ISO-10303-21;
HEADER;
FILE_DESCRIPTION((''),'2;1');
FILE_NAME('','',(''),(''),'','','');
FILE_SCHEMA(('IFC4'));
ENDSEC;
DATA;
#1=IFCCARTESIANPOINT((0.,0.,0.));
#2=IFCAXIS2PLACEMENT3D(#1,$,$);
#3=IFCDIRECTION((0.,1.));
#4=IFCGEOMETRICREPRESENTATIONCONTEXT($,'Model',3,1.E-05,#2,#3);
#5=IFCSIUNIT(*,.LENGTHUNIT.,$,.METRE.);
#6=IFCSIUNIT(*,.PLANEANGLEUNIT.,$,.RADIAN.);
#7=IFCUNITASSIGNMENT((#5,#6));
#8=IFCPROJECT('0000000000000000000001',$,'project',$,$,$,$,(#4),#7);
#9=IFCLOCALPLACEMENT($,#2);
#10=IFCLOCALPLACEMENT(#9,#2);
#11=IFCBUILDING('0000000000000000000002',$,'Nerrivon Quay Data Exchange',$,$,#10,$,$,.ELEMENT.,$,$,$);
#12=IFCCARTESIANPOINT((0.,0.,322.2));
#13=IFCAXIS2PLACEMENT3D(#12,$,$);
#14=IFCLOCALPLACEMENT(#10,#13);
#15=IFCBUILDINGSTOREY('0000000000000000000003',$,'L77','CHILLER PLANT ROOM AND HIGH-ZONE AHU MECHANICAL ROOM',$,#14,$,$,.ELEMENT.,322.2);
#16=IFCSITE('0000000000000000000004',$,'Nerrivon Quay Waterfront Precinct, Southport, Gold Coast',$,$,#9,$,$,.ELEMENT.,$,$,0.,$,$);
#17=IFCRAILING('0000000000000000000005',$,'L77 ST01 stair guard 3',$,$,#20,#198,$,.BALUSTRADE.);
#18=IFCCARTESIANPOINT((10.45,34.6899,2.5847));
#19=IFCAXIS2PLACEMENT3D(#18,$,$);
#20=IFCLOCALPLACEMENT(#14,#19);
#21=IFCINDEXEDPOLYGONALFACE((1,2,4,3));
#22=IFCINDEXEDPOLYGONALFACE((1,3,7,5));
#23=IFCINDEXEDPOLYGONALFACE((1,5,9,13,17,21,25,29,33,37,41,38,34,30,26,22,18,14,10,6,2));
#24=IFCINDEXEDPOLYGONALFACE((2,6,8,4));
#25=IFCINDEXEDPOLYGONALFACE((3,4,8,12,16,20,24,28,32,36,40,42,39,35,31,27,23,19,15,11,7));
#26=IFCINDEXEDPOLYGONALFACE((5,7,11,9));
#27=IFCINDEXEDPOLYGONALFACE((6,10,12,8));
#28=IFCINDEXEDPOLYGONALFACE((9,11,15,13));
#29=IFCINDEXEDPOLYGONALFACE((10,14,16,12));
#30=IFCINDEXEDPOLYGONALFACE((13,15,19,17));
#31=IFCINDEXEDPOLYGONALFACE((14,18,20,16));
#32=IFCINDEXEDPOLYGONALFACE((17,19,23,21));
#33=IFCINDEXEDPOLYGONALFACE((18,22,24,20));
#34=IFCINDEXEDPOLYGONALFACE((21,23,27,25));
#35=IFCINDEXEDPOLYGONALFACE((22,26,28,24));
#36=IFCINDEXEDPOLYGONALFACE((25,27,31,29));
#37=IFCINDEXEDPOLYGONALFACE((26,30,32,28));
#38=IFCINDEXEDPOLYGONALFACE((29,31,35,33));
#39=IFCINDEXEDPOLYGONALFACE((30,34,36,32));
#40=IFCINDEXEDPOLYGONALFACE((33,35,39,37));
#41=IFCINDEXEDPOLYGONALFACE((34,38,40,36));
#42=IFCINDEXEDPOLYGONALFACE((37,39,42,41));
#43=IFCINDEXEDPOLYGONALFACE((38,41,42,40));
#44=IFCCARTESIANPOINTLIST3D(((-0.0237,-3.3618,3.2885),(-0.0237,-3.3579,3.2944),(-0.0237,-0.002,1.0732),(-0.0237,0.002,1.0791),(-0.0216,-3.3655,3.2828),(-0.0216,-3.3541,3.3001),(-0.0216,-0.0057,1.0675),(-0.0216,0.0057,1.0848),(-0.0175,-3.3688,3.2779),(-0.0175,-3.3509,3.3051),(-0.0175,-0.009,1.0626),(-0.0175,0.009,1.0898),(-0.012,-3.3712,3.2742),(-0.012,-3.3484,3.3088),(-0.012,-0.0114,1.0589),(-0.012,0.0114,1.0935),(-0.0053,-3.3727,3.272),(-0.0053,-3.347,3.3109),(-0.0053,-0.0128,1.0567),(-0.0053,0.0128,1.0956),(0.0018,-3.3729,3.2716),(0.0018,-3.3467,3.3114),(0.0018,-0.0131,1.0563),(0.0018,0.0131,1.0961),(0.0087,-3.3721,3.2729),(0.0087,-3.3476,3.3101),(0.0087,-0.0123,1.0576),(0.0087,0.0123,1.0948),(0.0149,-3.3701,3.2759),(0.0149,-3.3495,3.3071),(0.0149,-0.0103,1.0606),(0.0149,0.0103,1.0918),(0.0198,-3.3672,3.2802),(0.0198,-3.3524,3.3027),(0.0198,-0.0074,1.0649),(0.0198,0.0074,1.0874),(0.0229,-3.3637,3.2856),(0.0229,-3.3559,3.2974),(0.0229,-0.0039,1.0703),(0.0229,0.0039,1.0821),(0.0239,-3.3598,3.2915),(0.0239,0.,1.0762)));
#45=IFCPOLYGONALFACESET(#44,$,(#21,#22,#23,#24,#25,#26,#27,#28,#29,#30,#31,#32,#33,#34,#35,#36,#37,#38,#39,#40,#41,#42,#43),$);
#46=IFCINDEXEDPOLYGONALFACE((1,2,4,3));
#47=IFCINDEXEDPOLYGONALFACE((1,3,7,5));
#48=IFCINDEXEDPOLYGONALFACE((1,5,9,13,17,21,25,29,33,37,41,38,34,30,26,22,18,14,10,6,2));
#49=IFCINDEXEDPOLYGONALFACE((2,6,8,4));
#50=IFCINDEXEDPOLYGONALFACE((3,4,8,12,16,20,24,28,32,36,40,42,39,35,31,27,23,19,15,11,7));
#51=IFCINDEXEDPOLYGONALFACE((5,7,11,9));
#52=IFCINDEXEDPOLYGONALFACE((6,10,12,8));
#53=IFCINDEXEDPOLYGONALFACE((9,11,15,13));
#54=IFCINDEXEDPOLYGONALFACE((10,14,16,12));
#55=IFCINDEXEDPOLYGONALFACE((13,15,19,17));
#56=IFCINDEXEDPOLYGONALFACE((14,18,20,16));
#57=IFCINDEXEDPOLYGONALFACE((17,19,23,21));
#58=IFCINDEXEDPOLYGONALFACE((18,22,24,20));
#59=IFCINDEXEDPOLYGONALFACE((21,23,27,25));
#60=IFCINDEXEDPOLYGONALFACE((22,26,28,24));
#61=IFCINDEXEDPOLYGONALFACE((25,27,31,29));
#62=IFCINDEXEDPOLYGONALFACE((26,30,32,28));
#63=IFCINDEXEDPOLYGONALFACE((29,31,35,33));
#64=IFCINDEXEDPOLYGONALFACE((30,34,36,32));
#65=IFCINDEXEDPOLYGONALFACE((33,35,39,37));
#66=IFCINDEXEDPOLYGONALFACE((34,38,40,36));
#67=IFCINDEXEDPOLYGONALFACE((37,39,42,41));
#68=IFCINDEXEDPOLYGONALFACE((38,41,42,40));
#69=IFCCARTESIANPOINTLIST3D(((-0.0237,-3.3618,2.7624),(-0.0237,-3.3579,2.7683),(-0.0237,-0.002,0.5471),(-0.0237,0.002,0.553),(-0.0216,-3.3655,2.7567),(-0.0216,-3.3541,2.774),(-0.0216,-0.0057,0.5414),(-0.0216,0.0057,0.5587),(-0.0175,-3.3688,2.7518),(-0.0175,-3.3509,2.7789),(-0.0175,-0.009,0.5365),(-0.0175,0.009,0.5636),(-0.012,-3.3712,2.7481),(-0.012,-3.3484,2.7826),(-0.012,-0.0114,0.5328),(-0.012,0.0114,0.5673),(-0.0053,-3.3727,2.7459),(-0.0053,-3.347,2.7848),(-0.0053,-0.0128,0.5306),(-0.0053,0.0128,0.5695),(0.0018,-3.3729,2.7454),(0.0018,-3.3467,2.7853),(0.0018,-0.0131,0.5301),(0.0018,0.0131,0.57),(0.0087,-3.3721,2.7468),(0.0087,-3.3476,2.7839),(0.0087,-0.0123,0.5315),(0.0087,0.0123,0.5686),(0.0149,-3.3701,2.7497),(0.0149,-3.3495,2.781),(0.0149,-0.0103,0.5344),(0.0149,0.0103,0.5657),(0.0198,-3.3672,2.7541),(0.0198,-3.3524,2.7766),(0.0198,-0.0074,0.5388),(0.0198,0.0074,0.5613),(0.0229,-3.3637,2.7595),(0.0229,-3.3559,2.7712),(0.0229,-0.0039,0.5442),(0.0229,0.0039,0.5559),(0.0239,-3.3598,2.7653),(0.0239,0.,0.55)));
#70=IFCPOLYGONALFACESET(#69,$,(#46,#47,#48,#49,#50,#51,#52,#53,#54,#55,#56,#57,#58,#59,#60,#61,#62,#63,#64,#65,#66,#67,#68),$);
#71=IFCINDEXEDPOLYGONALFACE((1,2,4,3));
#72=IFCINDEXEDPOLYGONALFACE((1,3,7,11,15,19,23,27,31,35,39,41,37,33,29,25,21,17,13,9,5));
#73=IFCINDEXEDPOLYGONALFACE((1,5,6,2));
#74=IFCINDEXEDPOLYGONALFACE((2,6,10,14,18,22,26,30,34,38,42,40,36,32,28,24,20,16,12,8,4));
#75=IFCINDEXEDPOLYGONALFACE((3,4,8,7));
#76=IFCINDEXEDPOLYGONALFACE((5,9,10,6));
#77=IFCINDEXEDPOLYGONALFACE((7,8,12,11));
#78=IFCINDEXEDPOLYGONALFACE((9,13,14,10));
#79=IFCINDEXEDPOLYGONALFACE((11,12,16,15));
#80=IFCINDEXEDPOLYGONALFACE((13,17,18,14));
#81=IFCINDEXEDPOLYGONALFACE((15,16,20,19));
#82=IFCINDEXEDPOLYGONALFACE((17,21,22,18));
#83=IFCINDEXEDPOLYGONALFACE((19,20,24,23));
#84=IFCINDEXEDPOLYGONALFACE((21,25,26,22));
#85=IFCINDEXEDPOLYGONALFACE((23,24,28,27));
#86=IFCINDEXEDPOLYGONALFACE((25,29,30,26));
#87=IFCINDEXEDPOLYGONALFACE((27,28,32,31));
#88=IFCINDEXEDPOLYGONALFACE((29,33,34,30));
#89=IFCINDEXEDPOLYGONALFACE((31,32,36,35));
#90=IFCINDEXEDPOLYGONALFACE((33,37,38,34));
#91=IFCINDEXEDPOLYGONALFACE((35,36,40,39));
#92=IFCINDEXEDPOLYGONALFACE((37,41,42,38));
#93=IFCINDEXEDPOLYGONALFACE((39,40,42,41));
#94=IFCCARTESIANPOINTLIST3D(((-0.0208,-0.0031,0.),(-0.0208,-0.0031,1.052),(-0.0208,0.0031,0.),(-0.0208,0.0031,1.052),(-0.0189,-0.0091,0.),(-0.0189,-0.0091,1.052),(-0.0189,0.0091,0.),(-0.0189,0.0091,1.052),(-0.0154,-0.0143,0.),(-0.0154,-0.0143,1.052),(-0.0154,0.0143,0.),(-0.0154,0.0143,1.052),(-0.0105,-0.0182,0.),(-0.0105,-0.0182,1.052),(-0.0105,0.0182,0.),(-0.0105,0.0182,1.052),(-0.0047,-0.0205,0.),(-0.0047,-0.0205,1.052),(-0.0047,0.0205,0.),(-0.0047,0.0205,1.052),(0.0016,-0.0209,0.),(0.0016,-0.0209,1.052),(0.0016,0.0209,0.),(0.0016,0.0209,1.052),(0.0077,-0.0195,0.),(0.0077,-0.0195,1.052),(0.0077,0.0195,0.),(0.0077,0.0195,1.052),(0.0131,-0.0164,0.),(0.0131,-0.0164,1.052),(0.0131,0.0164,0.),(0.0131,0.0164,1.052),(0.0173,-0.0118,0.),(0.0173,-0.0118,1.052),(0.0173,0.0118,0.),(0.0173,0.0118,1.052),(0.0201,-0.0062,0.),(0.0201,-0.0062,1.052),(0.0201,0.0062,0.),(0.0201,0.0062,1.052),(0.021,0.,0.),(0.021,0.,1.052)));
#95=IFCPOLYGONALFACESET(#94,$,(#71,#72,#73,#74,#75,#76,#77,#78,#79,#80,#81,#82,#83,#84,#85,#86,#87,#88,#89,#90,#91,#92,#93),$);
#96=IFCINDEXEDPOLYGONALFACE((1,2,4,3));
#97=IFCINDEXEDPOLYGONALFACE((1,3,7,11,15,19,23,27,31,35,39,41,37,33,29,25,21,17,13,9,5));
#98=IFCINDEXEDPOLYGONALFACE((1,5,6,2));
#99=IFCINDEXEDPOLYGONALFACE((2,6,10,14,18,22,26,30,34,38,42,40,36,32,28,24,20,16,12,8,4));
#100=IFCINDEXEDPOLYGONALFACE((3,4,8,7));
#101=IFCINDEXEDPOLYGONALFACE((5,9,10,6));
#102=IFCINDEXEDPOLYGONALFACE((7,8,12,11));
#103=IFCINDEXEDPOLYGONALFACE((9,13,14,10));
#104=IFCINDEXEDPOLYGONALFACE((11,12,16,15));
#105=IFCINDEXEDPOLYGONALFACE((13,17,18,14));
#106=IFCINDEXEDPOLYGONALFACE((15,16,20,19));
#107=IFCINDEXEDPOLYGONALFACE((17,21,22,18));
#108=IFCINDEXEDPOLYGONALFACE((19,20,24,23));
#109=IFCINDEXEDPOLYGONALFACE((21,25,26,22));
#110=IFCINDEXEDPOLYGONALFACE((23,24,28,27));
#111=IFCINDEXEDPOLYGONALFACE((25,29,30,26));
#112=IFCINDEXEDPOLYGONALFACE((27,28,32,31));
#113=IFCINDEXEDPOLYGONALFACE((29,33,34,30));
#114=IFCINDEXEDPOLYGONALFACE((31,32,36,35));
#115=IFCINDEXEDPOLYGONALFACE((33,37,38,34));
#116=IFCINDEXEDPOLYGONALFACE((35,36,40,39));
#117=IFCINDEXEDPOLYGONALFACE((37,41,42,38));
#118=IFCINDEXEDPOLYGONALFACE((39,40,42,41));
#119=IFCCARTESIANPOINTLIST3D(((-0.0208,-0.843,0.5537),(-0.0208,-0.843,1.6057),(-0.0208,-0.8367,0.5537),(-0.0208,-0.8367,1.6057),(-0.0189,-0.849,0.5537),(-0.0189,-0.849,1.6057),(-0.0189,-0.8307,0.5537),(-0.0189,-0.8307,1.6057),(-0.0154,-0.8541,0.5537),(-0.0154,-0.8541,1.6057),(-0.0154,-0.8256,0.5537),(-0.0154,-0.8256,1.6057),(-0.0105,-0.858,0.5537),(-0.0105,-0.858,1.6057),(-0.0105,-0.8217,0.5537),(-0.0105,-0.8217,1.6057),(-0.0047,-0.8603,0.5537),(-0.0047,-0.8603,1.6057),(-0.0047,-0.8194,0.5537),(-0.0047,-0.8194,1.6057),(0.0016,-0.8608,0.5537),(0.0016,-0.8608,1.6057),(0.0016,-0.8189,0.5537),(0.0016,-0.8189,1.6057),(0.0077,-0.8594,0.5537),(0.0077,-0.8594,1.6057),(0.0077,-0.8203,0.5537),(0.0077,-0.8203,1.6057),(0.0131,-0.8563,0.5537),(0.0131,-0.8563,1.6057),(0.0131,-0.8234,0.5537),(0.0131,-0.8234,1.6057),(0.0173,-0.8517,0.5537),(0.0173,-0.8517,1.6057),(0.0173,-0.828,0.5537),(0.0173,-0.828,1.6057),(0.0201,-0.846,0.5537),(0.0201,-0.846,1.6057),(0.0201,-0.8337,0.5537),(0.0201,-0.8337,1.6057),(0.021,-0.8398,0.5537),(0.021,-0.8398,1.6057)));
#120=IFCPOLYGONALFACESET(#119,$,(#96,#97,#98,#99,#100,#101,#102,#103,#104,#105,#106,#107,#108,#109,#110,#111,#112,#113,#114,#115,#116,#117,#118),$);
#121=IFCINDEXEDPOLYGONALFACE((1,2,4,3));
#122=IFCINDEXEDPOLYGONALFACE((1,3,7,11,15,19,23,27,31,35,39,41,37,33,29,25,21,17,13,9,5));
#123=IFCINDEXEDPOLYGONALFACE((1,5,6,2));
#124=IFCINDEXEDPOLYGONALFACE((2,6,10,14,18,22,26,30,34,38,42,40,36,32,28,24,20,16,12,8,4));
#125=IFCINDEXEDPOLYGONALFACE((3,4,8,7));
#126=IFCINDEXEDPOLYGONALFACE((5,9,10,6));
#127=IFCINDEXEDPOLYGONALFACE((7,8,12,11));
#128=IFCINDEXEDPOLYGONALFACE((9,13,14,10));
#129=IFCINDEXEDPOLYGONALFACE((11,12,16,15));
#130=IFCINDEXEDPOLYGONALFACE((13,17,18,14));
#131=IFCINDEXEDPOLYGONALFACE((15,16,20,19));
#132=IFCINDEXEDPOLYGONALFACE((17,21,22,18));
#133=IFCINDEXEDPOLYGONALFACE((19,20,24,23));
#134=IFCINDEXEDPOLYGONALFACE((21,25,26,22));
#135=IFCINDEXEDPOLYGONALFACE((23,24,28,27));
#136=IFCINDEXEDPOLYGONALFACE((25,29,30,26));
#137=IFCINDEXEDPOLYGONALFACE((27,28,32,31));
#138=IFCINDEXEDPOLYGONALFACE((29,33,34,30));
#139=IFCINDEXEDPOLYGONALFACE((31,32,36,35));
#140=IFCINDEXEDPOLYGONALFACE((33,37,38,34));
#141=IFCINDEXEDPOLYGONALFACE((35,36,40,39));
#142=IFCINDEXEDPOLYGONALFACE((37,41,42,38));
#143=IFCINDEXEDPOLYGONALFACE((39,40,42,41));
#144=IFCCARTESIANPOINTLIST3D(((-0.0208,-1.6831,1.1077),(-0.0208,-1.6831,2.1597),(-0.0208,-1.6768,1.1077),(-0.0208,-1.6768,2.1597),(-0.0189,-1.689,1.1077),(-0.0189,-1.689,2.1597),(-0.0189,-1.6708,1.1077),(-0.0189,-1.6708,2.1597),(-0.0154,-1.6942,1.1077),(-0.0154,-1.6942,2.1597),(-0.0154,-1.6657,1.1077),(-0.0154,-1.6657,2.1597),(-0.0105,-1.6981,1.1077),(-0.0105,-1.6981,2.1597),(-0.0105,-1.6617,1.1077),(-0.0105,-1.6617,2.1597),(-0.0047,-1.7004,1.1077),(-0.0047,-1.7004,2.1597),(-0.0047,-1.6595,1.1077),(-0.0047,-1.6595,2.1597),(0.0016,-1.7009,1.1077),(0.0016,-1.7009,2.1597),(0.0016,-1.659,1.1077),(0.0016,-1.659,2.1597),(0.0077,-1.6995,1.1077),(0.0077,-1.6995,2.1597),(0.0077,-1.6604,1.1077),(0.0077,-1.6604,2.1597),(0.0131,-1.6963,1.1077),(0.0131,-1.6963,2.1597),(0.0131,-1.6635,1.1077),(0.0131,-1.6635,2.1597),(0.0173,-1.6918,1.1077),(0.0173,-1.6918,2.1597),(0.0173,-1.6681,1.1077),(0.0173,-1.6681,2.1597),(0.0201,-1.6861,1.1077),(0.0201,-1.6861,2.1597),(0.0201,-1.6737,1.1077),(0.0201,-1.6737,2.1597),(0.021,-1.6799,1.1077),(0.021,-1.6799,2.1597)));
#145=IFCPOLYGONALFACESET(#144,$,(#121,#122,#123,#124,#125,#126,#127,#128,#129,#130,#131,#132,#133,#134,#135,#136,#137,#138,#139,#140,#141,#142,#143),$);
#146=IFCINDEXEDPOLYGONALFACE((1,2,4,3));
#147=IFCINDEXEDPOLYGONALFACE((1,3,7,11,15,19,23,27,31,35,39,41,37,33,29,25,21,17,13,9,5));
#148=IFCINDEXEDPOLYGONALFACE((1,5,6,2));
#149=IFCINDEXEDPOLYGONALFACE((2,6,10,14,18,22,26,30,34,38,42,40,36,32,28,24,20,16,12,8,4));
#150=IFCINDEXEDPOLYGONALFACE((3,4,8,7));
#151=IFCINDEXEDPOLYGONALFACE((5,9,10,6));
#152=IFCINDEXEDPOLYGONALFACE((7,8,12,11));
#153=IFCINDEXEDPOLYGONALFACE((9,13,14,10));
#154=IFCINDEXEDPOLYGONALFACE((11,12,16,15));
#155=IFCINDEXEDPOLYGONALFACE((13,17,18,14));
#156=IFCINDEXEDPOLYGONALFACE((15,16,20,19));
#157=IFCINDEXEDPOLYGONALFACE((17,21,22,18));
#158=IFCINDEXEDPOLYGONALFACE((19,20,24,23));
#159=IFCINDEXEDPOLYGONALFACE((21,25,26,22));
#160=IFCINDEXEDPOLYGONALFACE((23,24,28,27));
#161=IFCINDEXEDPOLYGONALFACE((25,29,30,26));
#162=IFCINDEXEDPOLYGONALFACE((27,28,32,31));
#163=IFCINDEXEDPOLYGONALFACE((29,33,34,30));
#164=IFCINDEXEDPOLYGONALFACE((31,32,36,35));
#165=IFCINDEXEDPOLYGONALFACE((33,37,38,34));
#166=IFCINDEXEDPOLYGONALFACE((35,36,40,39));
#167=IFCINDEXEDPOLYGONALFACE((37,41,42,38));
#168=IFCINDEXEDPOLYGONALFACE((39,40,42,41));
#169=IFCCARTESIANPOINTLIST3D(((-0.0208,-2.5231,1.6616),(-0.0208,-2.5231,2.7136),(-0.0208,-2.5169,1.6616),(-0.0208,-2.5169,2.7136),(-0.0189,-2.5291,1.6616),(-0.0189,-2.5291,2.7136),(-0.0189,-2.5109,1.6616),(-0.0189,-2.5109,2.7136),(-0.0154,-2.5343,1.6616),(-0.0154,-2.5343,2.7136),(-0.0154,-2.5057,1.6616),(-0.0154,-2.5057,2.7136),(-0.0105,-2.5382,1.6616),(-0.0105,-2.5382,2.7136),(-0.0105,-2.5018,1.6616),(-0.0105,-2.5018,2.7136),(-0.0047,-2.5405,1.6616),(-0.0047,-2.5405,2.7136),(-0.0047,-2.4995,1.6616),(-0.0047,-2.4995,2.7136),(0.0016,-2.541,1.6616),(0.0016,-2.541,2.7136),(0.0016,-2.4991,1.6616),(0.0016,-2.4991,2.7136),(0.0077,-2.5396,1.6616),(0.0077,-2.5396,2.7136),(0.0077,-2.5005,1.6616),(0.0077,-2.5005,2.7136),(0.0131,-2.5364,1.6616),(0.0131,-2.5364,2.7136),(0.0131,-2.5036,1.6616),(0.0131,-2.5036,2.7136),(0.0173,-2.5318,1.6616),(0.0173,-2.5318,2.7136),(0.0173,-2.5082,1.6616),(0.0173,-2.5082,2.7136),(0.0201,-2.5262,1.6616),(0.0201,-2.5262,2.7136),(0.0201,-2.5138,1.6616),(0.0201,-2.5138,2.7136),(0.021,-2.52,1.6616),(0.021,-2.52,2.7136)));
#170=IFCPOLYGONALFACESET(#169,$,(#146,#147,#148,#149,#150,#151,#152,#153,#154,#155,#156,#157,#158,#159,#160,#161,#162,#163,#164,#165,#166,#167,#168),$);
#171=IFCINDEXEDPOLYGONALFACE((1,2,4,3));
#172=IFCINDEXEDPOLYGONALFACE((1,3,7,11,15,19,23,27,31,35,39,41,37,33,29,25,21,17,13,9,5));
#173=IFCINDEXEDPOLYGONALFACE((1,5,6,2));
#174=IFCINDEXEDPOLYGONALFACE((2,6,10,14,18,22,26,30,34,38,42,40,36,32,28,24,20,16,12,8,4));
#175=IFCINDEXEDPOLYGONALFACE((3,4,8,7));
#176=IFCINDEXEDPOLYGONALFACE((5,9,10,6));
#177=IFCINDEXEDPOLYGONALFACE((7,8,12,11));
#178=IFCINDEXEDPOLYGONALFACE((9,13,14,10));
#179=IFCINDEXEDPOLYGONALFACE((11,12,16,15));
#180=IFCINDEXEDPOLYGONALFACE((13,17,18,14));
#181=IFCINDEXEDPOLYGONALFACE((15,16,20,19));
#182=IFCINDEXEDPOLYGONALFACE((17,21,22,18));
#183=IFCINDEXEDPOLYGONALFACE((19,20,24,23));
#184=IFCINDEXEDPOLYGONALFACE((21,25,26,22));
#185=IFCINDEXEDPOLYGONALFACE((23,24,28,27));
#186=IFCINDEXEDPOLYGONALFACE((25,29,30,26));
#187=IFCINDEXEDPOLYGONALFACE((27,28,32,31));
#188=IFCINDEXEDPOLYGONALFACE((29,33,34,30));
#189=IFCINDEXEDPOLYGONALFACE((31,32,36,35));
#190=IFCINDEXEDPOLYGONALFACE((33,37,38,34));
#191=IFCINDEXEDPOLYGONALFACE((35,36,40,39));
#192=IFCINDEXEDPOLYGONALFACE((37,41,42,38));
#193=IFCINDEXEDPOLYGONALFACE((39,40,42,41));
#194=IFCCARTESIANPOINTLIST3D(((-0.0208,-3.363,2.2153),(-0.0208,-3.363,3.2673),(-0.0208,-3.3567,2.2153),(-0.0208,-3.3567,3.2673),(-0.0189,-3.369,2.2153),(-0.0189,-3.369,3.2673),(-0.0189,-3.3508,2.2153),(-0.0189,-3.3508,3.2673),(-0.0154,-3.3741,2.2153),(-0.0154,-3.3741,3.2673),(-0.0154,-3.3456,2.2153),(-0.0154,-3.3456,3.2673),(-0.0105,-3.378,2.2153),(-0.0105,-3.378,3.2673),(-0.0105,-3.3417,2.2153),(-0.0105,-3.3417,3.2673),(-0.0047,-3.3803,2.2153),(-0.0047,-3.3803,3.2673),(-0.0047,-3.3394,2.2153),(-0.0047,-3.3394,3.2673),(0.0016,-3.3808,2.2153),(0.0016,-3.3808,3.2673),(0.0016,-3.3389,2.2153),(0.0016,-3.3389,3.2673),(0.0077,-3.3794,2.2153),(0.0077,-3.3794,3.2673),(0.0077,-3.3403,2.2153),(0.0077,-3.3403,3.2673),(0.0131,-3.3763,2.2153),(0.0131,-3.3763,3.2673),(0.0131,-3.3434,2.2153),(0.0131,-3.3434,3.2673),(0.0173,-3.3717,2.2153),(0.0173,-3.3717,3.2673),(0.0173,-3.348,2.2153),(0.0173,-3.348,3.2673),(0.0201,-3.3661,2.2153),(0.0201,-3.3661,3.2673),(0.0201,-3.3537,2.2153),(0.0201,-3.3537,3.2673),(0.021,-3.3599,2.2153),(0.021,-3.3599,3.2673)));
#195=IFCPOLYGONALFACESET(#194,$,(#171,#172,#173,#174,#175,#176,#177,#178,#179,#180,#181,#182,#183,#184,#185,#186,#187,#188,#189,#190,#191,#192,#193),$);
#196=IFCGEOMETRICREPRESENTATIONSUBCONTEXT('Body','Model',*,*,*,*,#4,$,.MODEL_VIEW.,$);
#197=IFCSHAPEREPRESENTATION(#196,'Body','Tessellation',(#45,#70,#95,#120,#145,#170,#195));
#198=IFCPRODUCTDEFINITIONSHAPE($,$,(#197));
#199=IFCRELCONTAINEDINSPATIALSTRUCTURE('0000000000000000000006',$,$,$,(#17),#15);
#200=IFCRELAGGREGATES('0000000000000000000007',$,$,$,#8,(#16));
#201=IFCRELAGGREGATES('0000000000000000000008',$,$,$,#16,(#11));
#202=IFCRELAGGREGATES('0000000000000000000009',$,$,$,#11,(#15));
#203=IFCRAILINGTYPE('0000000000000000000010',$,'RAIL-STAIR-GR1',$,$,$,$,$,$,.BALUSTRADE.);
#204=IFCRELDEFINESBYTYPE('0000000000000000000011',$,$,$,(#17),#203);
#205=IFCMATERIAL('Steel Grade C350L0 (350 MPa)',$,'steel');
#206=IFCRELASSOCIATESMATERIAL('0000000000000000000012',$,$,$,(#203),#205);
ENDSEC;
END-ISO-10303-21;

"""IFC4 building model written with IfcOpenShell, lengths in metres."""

from ifc_helpers import new_model, si_unit, direction, frame, origin, origin_2d, place, context, subcontext, project, spatial, circle, extrude, material, type_object, element, save


model = new_model("IFC4")

# Units and contexts
model_context = context("Model", 3, precision=1e-05, world=origin(), true_north=direction((0.0, 1.0)))
body_context = subcontext(model_context, "Body", "Model", "MODEL_VIEW")
ifc_project = project(units=[si_unit("LENGTHUNIT", "METRE"), si_unit("PLANEANGLEUNIT", "RADIAN")], contexts=[model_context])

# Site, building, storey
site_placement = place(None, origin())
site = spatial("IfcSite", under=ifc_project, at=site_placement, Name="Nerrivon Quay Waterfront Precinct, Southport, Gold Coast", CompositionType="ELEMENT", RefElevation=0.0)
building_placement = place(site_placement, origin())
building = spatial("IfcBuilding", under=site, at=building_placement, Name="Nerrivon Quay Data Exchange", CompositionType="ELEMENT")
storey_placement = place(building_placement, frame((0.0, 0.0, 322.2)))
storey = spatial("IfcBuildingStorey", under=building, at=storey_placement, Name="L77", Description="CHILLER PLANT ROOM AND HIGH-ZONE AHU MECHANICAL ROOM", CompositionType="ELEMENT", Elevation=322.2)

# Railing
ifc_material_1 = material(Name="Steel Grade C350L0 (350 MPa)", Category="steel")
railing_type_1 = type_object("IfcRailingType", Name="RAIL-STAIR-GR1", PredefinedType="BALUSTRADE", material=ifc_material_1)
railing_1_placement = place(storey_placement, frame((10.45, 34.6899, 2.5847)))
element("IfcRailing", 1, at=railing_1_placement, inside=storey, type_object=railing_type_1, Name="L77 ST01 stair guard 3", PredefinedType="BALUSTRADE", context=body_context, shape_type="SweptSolid", body=[
    extrude(circle(Radius=0.0239, at=origin_2d()), frame((0.0, 0.0, 1.0762), z_axis=(0.0, -0.834858, 0.550465), x_axis=(1.0, 0.0, 0.0)), (0.0, 0.0, 1.0), 4.0244),
    extrude(circle(Radius=0.0239, at=origin_2d()), frame((0.0, 0.0, 0.55), z_axis=(0.0, -0.834858, 0.550465), x_axis=(1.0, 0.0, 0.0)), (0.0, 0.0, 1.0), 4.0244),
    extrude(circle(Radius=0.021, at=origin_2d()), origin(), (0.0, 0.0, 1.0), 1.052),
    extrude(circle(Radius=0.021, at=origin_2d()), frame((0.0, -0.8398, 0.5537)), (0.0, 0.0, 1.0), 1.052),
    extrude(circle(Radius=0.021, at=origin_2d()), frame((0.0, -1.6799, 1.1077)), (0.0, 0.0, 1.0), 1.052),
    extrude(circle(Radius=0.021, at=origin_2d()), frame((0.0, -2.52, 1.6616)), (0.0, 0.0, 1.0), 1.052),
    extrude(circle(Radius=0.021, at=origin_2d()), frame((0.0, -3.3599, 2.2153)), (0.0, 0.0, 1.0), 1.052),
])

save(model, "model.ifc")
